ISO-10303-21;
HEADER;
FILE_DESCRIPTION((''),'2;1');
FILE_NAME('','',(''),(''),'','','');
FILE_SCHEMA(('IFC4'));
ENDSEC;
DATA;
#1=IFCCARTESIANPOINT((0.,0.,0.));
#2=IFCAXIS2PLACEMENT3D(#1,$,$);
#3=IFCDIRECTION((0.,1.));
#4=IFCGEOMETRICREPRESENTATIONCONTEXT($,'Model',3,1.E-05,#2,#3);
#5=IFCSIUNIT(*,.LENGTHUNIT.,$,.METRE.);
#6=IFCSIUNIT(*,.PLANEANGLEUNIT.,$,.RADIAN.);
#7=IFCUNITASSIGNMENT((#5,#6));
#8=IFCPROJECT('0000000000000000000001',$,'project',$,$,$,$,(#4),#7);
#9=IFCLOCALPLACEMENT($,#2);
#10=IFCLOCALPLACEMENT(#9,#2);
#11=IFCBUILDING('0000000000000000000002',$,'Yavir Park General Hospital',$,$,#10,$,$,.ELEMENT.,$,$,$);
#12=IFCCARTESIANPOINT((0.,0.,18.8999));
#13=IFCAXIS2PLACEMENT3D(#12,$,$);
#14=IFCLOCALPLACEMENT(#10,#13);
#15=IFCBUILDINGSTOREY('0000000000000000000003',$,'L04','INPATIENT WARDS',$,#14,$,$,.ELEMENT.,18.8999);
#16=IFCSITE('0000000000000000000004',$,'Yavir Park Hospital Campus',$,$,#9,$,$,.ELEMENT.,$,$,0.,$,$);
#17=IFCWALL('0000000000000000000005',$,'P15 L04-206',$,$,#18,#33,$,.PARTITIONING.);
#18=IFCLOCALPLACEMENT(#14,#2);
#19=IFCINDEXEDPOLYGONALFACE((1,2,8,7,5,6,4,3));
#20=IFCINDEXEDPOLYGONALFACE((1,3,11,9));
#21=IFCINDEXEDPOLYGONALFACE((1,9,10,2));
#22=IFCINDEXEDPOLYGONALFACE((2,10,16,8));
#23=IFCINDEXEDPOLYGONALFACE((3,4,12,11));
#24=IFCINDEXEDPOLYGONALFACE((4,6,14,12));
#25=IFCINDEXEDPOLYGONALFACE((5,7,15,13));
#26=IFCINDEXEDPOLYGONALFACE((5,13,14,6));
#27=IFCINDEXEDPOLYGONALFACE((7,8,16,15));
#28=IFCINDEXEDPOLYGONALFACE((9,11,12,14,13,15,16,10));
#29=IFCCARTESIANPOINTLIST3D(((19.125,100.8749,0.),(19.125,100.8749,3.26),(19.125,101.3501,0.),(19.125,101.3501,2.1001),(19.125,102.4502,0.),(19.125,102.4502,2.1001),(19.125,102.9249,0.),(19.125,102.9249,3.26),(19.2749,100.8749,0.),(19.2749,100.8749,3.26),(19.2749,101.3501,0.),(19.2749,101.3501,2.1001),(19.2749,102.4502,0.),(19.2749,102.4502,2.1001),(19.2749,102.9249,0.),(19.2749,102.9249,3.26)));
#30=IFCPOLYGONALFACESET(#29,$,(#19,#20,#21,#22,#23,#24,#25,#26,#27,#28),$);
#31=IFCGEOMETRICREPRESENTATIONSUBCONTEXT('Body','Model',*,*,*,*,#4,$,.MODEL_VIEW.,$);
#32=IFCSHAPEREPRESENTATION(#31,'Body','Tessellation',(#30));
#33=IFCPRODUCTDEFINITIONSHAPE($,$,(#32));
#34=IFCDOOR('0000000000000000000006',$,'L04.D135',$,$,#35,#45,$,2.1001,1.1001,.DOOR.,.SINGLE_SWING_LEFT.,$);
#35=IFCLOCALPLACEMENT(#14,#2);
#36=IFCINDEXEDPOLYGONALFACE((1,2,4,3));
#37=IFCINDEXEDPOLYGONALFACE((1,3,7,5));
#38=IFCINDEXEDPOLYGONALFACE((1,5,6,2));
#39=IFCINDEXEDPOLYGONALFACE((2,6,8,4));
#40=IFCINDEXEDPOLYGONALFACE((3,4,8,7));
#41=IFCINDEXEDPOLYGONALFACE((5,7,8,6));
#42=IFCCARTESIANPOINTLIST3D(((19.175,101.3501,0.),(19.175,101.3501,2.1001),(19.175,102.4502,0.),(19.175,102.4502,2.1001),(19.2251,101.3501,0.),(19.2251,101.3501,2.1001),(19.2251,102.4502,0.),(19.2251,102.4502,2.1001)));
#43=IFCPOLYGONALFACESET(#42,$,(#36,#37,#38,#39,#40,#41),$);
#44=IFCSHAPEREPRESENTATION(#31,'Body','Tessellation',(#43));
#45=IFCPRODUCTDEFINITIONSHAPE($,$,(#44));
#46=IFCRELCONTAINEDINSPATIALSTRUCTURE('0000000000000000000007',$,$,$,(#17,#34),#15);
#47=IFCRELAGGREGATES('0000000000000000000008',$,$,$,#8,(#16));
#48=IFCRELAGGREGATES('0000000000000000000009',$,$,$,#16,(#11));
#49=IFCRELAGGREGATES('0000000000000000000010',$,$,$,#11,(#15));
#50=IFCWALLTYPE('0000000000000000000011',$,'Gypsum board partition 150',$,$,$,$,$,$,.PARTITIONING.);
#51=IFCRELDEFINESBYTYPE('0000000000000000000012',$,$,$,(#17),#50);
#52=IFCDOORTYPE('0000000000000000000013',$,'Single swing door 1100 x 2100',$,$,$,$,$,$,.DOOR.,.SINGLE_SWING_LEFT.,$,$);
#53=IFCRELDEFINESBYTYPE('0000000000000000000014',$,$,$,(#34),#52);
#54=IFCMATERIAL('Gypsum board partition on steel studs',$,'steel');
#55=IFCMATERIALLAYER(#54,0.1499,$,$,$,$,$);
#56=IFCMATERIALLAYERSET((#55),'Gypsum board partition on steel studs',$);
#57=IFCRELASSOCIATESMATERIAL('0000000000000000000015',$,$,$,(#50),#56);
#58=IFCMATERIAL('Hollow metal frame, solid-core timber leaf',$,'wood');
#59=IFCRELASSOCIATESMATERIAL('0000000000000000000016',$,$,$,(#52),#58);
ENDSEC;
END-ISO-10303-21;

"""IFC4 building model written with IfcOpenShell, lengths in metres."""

from ifc_helpers import new_model, si_unit, direction, frame, frame_2d, origin, place, context, subcontext, project, spatial, rectangle, extrude, material, layer, layer_set, type_object, element, fill, save


model = new_model("IFC4")

# Units and contexts
model_context = context("Model", 3, precision=1e-05, world=origin(), true_north=direction((0.0, 1.0)))
body_context = subcontext(model_context, "Body", "Model", "MODEL_VIEW")
ifc_project = project(units=[si_unit("LENGTHUNIT", "METRE"), si_unit("PLANEANGLEUNIT", "RADIAN")], contexts=[model_context])

# Site, building, storey
site_placement = place(None, origin())
site = spatial("IfcSite", under=ifc_project, at=site_placement, Name="Yavir Park Hospital Campus", CompositionType="ELEMENT", RefElevation=0.0)
building_placement = place(site_placement, origin())
building = spatial("IfcBuilding", under=site, at=building_placement, Name="Yavir Park General Hospital", CompositionType="ELEMENT")
storey_placement = place(building_placement, frame((0.0, 0.0, 18.8999)))
storey = spatial("IfcBuildingStorey", under=building, at=storey_placement, Name="L04", Description="INPATIENT WARDS", CompositionType="ELEMENT", Elevation=18.8999)

# Shared definitions
ifc_material_1 = material(Name="Gypsum board partition on steel studs", Category="steel")
ifc_layer_1 = layer(ifc_material_1, 0.1499)
ifc_layer_set_1 = layer_set([ifc_layer_1], Name="Gypsum board partition on steel studs")
wall_type_1 = type_object("IfcWallType", Name="Gypsum board partition 150", PredefinedType="PARTITIONING", material=ifc_layer_set_1)

# Shared definitions
ifc_material_2 = material(Name="Hollow metal frame, solid-core timber leaf", Category="wood")
door_type_1 = type_object("IfcDoorType", Name="Single swing door 1100 x 2100", OperationType="SINGLE_SWING_LEFT", PredefinedType="DOOR", material=ifc_material_2)

# Wall, opening, door
wall_1_placement = place(storey_placement, frame((19.2, 100.875, 0.0), z_axis=(0.0, 0.0, 1.0), x_axis=(0.0, 1.0, 0.0)))
wall_1 = element("IfcWall", 1, at=wall_1_placement, inside=storey, type_object=wall_type_1, Name="P15 L04-206", PredefinedType="PARTITIONING", context=body_context, shape_type="SweptSolid", body=[
    extrude(rectangle(XDim=2.05, YDim=0.1499, at=frame_2d((1.0249, 0.0))), origin(), (0.0, 0.0, 1.0), 3.26),
])
opening_1_placement = place(wall_1_placement, frame((0.4751, 0.0, 0.0)))
opening_1 = element("IfcOpeningElement", 2, at=opening_1_placement, cuts=wall_1, PredefinedType="OPENING", context=body_context, shape_type="SweptSolid", body=[
    extrude(rectangle(XDim=1.1001, YDim=2.1001, at=frame_2d((0.55, 1.05))), frame((0.0, 0.085, 0.0), z_axis=(0.0, -1.0, 0.0), x_axis=(1.0, 0.0, 0.0)), (0.0, 0.0, 1.0), 0.1699),
])
door_1_placement = place(opening_1_placement, origin())
door_1 = element("IfcDoor", 3, at=door_1_placement, inside=storey, type_object=door_type_1, Name="L04.D135", OperationType="SINGLE_SWING_LEFT", OverallHeight=2.1001, OverallWidth=1.1001, PredefinedType="DOOR", context=body_context, shape_type="SweptSolid", body=[
    extrude(rectangle(XDim=1.1001, YDim=2.1001, at=frame_2d((0.55, 1.05))), frame((0.0, 0.0249, 0.0), z_axis=(0.0, -1.0, 0.0), x_axis=(1.0, 0.0, 0.0)), (0.0, 0.0, 1.0), 0.05),
])
fill(opening_1, door_1)

save(model, "model.ifc")
